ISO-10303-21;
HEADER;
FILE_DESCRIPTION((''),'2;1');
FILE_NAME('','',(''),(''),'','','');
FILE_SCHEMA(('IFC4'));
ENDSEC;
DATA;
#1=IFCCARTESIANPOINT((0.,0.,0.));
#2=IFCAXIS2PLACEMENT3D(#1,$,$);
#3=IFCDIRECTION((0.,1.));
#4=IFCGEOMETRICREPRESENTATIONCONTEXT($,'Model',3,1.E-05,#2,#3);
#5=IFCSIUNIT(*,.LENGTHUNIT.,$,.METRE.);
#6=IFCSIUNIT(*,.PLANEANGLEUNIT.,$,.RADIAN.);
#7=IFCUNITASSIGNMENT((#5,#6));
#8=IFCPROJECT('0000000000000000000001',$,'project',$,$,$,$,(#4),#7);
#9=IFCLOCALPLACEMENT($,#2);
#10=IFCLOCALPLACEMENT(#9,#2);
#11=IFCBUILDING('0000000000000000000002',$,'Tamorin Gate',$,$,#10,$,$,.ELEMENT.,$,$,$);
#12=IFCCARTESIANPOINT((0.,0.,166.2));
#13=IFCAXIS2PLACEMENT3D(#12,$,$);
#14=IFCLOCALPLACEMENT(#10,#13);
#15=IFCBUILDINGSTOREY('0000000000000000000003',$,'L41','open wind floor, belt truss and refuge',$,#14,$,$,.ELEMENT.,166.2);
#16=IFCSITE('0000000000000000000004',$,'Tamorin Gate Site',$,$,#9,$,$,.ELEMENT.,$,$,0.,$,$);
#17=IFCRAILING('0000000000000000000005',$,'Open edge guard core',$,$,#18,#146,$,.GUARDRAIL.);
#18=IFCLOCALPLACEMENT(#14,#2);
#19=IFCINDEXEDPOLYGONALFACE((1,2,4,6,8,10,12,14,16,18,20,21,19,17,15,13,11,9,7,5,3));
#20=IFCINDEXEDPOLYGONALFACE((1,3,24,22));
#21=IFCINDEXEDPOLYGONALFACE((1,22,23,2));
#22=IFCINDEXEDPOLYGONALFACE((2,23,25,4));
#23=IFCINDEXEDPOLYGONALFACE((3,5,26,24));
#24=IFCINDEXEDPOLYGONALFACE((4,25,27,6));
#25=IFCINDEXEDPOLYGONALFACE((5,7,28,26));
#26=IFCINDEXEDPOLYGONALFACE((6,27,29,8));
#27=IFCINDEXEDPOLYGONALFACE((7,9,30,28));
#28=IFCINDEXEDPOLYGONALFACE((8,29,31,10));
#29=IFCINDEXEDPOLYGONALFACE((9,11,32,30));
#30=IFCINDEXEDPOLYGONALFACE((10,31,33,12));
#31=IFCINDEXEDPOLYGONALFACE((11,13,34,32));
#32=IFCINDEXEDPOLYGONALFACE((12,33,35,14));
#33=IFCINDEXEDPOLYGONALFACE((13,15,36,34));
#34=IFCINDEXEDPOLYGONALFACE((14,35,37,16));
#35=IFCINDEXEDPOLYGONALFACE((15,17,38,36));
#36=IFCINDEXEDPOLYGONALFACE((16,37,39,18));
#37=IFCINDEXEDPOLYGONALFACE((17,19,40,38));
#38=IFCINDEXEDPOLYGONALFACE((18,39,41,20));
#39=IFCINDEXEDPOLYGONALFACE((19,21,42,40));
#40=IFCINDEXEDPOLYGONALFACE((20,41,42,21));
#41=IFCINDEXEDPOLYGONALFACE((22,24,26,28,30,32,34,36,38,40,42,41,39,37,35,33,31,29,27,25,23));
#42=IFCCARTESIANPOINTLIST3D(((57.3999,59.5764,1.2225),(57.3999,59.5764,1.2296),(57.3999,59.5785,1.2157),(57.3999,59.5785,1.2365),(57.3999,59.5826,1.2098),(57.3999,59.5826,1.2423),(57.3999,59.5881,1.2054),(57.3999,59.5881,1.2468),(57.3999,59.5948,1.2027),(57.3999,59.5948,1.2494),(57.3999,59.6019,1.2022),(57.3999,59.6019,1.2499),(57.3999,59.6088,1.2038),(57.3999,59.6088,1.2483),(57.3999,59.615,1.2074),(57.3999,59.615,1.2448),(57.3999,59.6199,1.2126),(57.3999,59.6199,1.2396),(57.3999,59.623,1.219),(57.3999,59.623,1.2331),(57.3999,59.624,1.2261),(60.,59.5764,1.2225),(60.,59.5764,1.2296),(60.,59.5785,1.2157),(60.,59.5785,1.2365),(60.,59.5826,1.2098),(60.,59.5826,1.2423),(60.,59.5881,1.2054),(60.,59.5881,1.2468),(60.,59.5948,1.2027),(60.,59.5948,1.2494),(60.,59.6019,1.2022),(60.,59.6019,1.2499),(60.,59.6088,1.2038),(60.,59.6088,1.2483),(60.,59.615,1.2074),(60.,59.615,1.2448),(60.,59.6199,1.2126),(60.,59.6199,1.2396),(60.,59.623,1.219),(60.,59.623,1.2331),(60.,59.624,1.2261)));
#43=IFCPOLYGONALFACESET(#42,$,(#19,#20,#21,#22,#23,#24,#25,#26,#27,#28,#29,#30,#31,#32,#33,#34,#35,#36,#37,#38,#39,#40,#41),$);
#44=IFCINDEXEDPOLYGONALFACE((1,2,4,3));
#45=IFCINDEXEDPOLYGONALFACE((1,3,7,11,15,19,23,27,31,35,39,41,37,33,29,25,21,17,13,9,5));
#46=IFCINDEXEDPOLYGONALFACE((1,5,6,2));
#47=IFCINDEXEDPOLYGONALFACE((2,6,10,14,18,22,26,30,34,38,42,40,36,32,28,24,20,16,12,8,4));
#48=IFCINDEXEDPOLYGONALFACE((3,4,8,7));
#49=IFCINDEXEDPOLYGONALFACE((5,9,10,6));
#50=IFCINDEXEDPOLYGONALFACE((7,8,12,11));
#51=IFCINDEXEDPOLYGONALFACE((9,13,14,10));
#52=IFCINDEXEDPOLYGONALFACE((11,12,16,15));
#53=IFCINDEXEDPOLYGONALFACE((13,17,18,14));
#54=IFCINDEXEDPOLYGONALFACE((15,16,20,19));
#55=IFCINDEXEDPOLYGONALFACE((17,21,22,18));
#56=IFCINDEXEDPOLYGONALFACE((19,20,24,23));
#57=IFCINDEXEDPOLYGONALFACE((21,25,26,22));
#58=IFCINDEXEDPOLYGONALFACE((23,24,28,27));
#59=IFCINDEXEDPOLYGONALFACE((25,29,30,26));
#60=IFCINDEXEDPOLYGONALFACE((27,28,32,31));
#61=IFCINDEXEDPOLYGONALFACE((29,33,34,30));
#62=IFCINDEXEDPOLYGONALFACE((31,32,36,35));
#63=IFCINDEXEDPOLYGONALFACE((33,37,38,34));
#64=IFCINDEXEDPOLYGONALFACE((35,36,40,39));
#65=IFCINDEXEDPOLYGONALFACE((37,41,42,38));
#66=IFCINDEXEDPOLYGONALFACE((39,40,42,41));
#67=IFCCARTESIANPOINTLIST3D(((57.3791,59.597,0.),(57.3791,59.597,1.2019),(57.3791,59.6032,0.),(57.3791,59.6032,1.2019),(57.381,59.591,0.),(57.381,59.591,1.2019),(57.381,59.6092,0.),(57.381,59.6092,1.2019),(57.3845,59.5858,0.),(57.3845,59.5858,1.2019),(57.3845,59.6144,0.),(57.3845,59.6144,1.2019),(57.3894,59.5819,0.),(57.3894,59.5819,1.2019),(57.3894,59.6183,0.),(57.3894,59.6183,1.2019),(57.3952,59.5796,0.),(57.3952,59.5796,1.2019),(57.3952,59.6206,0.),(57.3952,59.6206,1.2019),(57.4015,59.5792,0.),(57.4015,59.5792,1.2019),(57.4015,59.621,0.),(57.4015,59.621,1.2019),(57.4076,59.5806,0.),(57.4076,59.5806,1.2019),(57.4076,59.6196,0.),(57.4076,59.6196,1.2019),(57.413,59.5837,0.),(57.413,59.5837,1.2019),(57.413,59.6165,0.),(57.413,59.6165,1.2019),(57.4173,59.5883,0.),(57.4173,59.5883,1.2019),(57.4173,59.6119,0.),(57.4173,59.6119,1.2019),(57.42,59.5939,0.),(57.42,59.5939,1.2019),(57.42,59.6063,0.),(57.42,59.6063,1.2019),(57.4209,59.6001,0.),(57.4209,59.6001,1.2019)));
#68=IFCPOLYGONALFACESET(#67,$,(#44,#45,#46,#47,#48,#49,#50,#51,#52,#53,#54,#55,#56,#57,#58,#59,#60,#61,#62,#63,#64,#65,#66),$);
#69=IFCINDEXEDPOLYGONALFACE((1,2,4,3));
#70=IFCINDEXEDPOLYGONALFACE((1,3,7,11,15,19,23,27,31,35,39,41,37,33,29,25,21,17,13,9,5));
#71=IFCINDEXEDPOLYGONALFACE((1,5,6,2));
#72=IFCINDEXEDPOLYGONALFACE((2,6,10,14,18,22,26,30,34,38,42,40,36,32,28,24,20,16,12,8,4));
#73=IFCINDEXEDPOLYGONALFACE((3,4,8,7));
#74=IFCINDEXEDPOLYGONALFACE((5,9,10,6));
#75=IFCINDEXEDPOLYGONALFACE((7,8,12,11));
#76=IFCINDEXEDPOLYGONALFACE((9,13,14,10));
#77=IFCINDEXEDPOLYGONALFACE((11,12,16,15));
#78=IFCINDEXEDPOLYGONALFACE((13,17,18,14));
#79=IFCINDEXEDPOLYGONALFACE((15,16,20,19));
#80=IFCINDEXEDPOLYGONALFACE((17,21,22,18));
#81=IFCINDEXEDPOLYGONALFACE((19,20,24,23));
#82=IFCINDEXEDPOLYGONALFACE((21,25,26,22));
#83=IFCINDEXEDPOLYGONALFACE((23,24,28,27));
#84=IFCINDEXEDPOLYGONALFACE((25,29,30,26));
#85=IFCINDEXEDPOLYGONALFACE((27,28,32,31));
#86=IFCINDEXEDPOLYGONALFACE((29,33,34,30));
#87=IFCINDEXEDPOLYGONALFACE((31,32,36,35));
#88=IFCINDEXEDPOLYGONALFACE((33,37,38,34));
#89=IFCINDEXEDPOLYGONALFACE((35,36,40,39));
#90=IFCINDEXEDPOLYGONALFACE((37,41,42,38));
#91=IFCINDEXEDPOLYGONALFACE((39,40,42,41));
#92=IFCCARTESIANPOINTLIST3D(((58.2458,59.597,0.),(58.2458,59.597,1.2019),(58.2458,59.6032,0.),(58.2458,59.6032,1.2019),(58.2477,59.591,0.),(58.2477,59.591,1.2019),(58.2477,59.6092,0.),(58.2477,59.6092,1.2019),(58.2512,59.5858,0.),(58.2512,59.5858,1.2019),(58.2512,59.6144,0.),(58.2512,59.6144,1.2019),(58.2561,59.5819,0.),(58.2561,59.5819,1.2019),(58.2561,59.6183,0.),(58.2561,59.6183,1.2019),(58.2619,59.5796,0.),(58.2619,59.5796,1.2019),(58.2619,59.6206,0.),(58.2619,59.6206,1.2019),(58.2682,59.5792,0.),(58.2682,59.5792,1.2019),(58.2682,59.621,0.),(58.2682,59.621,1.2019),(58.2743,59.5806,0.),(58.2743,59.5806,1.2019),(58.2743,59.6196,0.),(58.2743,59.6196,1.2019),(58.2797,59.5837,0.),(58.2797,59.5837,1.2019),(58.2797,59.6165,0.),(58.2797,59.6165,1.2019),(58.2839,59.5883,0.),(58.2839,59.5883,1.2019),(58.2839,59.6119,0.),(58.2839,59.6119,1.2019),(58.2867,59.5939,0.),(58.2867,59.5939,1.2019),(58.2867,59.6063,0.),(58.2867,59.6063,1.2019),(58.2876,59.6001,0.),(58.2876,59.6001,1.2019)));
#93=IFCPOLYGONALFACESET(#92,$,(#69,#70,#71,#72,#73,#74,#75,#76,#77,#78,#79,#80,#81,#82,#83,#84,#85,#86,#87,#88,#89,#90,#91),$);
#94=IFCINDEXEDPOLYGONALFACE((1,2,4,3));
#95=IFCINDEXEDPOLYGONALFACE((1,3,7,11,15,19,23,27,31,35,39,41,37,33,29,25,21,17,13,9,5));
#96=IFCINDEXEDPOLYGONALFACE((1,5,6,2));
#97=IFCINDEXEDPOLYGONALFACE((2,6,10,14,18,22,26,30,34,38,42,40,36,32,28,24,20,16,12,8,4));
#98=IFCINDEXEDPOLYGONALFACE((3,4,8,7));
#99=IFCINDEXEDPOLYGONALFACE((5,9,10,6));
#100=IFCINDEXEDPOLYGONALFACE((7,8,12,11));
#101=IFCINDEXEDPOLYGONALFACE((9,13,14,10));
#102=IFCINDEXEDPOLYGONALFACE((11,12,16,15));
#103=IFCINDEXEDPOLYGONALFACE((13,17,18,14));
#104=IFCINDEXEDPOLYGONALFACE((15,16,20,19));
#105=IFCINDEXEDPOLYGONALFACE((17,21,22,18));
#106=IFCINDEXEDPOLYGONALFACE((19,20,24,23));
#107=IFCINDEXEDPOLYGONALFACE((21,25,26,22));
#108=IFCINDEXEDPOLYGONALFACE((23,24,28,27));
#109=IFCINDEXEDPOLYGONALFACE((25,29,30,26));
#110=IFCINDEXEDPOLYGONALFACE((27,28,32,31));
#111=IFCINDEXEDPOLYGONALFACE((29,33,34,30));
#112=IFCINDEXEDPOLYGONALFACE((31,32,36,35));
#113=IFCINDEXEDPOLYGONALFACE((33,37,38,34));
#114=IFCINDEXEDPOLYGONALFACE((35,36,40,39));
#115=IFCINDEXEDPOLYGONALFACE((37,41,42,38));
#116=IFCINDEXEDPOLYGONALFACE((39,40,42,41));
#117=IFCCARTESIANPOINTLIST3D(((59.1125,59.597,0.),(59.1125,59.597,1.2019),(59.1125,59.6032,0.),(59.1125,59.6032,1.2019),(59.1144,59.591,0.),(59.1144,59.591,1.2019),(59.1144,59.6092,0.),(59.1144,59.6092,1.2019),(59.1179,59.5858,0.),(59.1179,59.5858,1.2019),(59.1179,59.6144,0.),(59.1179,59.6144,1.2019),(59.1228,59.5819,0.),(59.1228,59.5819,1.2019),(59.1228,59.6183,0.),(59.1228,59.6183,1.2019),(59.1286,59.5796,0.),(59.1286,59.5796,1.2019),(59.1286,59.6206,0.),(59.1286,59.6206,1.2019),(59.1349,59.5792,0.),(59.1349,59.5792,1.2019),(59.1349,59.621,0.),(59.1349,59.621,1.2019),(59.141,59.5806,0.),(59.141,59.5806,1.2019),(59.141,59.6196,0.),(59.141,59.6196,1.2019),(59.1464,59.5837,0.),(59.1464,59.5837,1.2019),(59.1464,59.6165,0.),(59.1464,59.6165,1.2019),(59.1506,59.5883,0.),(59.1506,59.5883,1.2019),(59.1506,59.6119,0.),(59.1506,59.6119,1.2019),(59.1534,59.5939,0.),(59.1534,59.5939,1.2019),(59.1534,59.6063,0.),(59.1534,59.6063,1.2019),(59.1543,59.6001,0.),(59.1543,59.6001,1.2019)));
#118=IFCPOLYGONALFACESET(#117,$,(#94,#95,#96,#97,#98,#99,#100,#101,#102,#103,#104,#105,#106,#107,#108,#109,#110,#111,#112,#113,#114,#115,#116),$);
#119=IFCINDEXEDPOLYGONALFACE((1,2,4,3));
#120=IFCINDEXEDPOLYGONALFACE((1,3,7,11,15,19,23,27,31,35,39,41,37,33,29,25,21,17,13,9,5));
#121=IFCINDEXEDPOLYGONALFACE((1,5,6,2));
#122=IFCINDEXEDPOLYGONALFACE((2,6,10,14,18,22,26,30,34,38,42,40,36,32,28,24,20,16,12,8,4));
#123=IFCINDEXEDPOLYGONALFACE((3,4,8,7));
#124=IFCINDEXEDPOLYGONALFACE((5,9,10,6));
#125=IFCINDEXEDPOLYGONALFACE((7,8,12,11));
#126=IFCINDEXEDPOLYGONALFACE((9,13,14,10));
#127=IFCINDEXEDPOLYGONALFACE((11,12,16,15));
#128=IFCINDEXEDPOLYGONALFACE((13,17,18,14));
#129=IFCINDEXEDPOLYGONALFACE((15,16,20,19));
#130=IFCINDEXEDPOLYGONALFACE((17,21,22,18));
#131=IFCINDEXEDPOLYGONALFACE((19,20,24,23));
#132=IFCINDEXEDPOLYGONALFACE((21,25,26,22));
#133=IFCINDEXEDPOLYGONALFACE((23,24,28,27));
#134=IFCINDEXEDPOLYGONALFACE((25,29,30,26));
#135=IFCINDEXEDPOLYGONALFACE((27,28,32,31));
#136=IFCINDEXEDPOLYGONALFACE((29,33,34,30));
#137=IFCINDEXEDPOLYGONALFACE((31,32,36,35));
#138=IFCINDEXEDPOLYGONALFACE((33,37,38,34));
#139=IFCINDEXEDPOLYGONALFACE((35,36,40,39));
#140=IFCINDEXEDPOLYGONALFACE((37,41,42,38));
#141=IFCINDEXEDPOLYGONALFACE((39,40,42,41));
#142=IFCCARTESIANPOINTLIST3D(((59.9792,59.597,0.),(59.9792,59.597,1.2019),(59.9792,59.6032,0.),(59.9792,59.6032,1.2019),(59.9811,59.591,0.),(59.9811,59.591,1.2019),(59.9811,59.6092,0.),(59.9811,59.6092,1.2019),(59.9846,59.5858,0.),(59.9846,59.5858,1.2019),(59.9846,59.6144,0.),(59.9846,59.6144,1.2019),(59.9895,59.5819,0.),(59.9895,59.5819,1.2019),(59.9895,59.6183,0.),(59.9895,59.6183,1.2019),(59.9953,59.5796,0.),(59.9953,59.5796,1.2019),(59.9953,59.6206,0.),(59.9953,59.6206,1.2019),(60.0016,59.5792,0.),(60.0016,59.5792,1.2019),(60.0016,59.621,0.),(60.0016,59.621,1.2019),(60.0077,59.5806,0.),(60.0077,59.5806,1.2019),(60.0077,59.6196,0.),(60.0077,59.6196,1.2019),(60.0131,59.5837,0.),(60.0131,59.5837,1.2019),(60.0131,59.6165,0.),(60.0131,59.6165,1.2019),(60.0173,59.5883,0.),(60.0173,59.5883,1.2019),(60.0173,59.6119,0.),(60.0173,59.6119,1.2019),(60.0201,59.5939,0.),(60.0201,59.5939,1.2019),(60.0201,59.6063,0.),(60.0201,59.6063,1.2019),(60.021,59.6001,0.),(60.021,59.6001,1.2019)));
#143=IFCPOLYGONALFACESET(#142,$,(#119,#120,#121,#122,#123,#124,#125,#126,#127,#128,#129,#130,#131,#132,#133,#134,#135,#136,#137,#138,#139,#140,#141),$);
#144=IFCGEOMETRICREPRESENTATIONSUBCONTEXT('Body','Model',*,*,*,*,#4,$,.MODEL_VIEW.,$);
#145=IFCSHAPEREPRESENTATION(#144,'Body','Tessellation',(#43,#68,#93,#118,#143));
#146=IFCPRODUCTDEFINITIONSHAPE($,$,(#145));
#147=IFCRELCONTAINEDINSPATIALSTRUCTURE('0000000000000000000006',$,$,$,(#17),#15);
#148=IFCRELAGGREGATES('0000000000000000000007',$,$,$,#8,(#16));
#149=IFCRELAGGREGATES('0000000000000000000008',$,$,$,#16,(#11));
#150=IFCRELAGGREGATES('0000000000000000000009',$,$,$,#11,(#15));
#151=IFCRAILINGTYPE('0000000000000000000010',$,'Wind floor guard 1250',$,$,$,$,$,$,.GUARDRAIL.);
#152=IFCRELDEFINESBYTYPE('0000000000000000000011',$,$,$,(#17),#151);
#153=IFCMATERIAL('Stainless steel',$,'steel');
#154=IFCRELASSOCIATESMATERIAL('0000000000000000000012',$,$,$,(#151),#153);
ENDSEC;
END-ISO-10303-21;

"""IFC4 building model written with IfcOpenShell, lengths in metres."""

from ifc_helpers import new_model, si_unit, direction, frame, origin, origin_2d, place, context, subcontext, project, spatial, circle, extrude, material, type_object, element, save


model = new_model("IFC4")

# Units and contexts
model_context = context("Model", 3, precision=1e-05, world=origin(), true_north=direction((0.0, 1.0)))
body_context = subcontext(model_context, "Body", "Model", "MODEL_VIEW")
ifc_project = project(units=[si_unit("LENGTHUNIT", "METRE"), si_unit("PLANEANGLEUNIT", "RADIAN")], contexts=[model_context])

# Site, building, storey
site_placement = place(None, origin())
site = spatial("IfcSite", under=ifc_project, at=site_placement, Name="Tamorin Gate Site", CompositionType="ELEMENT", RefElevation=0.0)
building_placement = place(site_placement, origin())
building = spatial("IfcBuilding", under=site, at=building_placement, Name="Tamorin Gate", CompositionType="ELEMENT")
storey_placement = place(building_placement, frame((0.0, 0.0, 166.2)))
storey = spatial("IfcBuildingStorey", under=building, at=storey_placement, Name="L41", Description="open wind floor, belt truss and refuge", CompositionType="ELEMENT", Elevation=166.2)

# Railing
ifc_material_1 = material(Name="Stainless steel", Category="steel")
railing_type_1 = type_object("IfcRailingType", Name="Wind floor guard 1250", PredefinedType="GUARDRAIL", material=ifc_material_1)
railing_1_placement = place(storey_placement, frame((57.3999, 59.6001, 0.0)))
element("IfcRailing", 1, at=railing_1_placement, inside=storey, type_object=railing_type_1, Name="Open edge guard core", PredefinedType="GUARDRAIL", context=body_context, shape_type="SweptSolid", body=[
    extrude(circle(Radius=0.0239, at=origin_2d()), frame((0.0, 0.0, 1.2261), z_axis=(1.0, 0.0, 0.0), x_axis=(0.0, 1.0, 0.0)), (0.0, 0.0, 1.0), 2.6001),
    extrude(circle(Radius=0.021, at=origin_2d()), origin(), (0.0, 0.0, 1.0), 1.2019),
    extrude(circle(Radius=0.021, at=origin_2d()), frame((0.8667, 0.0, 0.0)), (0.0, 0.0, 1.0), 1.2019),
    extrude(circle(Radius=0.021, at=origin_2d()), frame((1.7334, 0.0, 0.0)), (0.0, 0.0, 1.0), 1.2019),
    extrude(circle(Radius=0.021, at=origin_2d()), frame((2.6001, 0.0, 0.0)), (0.0, 0.0, 1.0), 1.2019),
])

save(model, "model.ifc")
